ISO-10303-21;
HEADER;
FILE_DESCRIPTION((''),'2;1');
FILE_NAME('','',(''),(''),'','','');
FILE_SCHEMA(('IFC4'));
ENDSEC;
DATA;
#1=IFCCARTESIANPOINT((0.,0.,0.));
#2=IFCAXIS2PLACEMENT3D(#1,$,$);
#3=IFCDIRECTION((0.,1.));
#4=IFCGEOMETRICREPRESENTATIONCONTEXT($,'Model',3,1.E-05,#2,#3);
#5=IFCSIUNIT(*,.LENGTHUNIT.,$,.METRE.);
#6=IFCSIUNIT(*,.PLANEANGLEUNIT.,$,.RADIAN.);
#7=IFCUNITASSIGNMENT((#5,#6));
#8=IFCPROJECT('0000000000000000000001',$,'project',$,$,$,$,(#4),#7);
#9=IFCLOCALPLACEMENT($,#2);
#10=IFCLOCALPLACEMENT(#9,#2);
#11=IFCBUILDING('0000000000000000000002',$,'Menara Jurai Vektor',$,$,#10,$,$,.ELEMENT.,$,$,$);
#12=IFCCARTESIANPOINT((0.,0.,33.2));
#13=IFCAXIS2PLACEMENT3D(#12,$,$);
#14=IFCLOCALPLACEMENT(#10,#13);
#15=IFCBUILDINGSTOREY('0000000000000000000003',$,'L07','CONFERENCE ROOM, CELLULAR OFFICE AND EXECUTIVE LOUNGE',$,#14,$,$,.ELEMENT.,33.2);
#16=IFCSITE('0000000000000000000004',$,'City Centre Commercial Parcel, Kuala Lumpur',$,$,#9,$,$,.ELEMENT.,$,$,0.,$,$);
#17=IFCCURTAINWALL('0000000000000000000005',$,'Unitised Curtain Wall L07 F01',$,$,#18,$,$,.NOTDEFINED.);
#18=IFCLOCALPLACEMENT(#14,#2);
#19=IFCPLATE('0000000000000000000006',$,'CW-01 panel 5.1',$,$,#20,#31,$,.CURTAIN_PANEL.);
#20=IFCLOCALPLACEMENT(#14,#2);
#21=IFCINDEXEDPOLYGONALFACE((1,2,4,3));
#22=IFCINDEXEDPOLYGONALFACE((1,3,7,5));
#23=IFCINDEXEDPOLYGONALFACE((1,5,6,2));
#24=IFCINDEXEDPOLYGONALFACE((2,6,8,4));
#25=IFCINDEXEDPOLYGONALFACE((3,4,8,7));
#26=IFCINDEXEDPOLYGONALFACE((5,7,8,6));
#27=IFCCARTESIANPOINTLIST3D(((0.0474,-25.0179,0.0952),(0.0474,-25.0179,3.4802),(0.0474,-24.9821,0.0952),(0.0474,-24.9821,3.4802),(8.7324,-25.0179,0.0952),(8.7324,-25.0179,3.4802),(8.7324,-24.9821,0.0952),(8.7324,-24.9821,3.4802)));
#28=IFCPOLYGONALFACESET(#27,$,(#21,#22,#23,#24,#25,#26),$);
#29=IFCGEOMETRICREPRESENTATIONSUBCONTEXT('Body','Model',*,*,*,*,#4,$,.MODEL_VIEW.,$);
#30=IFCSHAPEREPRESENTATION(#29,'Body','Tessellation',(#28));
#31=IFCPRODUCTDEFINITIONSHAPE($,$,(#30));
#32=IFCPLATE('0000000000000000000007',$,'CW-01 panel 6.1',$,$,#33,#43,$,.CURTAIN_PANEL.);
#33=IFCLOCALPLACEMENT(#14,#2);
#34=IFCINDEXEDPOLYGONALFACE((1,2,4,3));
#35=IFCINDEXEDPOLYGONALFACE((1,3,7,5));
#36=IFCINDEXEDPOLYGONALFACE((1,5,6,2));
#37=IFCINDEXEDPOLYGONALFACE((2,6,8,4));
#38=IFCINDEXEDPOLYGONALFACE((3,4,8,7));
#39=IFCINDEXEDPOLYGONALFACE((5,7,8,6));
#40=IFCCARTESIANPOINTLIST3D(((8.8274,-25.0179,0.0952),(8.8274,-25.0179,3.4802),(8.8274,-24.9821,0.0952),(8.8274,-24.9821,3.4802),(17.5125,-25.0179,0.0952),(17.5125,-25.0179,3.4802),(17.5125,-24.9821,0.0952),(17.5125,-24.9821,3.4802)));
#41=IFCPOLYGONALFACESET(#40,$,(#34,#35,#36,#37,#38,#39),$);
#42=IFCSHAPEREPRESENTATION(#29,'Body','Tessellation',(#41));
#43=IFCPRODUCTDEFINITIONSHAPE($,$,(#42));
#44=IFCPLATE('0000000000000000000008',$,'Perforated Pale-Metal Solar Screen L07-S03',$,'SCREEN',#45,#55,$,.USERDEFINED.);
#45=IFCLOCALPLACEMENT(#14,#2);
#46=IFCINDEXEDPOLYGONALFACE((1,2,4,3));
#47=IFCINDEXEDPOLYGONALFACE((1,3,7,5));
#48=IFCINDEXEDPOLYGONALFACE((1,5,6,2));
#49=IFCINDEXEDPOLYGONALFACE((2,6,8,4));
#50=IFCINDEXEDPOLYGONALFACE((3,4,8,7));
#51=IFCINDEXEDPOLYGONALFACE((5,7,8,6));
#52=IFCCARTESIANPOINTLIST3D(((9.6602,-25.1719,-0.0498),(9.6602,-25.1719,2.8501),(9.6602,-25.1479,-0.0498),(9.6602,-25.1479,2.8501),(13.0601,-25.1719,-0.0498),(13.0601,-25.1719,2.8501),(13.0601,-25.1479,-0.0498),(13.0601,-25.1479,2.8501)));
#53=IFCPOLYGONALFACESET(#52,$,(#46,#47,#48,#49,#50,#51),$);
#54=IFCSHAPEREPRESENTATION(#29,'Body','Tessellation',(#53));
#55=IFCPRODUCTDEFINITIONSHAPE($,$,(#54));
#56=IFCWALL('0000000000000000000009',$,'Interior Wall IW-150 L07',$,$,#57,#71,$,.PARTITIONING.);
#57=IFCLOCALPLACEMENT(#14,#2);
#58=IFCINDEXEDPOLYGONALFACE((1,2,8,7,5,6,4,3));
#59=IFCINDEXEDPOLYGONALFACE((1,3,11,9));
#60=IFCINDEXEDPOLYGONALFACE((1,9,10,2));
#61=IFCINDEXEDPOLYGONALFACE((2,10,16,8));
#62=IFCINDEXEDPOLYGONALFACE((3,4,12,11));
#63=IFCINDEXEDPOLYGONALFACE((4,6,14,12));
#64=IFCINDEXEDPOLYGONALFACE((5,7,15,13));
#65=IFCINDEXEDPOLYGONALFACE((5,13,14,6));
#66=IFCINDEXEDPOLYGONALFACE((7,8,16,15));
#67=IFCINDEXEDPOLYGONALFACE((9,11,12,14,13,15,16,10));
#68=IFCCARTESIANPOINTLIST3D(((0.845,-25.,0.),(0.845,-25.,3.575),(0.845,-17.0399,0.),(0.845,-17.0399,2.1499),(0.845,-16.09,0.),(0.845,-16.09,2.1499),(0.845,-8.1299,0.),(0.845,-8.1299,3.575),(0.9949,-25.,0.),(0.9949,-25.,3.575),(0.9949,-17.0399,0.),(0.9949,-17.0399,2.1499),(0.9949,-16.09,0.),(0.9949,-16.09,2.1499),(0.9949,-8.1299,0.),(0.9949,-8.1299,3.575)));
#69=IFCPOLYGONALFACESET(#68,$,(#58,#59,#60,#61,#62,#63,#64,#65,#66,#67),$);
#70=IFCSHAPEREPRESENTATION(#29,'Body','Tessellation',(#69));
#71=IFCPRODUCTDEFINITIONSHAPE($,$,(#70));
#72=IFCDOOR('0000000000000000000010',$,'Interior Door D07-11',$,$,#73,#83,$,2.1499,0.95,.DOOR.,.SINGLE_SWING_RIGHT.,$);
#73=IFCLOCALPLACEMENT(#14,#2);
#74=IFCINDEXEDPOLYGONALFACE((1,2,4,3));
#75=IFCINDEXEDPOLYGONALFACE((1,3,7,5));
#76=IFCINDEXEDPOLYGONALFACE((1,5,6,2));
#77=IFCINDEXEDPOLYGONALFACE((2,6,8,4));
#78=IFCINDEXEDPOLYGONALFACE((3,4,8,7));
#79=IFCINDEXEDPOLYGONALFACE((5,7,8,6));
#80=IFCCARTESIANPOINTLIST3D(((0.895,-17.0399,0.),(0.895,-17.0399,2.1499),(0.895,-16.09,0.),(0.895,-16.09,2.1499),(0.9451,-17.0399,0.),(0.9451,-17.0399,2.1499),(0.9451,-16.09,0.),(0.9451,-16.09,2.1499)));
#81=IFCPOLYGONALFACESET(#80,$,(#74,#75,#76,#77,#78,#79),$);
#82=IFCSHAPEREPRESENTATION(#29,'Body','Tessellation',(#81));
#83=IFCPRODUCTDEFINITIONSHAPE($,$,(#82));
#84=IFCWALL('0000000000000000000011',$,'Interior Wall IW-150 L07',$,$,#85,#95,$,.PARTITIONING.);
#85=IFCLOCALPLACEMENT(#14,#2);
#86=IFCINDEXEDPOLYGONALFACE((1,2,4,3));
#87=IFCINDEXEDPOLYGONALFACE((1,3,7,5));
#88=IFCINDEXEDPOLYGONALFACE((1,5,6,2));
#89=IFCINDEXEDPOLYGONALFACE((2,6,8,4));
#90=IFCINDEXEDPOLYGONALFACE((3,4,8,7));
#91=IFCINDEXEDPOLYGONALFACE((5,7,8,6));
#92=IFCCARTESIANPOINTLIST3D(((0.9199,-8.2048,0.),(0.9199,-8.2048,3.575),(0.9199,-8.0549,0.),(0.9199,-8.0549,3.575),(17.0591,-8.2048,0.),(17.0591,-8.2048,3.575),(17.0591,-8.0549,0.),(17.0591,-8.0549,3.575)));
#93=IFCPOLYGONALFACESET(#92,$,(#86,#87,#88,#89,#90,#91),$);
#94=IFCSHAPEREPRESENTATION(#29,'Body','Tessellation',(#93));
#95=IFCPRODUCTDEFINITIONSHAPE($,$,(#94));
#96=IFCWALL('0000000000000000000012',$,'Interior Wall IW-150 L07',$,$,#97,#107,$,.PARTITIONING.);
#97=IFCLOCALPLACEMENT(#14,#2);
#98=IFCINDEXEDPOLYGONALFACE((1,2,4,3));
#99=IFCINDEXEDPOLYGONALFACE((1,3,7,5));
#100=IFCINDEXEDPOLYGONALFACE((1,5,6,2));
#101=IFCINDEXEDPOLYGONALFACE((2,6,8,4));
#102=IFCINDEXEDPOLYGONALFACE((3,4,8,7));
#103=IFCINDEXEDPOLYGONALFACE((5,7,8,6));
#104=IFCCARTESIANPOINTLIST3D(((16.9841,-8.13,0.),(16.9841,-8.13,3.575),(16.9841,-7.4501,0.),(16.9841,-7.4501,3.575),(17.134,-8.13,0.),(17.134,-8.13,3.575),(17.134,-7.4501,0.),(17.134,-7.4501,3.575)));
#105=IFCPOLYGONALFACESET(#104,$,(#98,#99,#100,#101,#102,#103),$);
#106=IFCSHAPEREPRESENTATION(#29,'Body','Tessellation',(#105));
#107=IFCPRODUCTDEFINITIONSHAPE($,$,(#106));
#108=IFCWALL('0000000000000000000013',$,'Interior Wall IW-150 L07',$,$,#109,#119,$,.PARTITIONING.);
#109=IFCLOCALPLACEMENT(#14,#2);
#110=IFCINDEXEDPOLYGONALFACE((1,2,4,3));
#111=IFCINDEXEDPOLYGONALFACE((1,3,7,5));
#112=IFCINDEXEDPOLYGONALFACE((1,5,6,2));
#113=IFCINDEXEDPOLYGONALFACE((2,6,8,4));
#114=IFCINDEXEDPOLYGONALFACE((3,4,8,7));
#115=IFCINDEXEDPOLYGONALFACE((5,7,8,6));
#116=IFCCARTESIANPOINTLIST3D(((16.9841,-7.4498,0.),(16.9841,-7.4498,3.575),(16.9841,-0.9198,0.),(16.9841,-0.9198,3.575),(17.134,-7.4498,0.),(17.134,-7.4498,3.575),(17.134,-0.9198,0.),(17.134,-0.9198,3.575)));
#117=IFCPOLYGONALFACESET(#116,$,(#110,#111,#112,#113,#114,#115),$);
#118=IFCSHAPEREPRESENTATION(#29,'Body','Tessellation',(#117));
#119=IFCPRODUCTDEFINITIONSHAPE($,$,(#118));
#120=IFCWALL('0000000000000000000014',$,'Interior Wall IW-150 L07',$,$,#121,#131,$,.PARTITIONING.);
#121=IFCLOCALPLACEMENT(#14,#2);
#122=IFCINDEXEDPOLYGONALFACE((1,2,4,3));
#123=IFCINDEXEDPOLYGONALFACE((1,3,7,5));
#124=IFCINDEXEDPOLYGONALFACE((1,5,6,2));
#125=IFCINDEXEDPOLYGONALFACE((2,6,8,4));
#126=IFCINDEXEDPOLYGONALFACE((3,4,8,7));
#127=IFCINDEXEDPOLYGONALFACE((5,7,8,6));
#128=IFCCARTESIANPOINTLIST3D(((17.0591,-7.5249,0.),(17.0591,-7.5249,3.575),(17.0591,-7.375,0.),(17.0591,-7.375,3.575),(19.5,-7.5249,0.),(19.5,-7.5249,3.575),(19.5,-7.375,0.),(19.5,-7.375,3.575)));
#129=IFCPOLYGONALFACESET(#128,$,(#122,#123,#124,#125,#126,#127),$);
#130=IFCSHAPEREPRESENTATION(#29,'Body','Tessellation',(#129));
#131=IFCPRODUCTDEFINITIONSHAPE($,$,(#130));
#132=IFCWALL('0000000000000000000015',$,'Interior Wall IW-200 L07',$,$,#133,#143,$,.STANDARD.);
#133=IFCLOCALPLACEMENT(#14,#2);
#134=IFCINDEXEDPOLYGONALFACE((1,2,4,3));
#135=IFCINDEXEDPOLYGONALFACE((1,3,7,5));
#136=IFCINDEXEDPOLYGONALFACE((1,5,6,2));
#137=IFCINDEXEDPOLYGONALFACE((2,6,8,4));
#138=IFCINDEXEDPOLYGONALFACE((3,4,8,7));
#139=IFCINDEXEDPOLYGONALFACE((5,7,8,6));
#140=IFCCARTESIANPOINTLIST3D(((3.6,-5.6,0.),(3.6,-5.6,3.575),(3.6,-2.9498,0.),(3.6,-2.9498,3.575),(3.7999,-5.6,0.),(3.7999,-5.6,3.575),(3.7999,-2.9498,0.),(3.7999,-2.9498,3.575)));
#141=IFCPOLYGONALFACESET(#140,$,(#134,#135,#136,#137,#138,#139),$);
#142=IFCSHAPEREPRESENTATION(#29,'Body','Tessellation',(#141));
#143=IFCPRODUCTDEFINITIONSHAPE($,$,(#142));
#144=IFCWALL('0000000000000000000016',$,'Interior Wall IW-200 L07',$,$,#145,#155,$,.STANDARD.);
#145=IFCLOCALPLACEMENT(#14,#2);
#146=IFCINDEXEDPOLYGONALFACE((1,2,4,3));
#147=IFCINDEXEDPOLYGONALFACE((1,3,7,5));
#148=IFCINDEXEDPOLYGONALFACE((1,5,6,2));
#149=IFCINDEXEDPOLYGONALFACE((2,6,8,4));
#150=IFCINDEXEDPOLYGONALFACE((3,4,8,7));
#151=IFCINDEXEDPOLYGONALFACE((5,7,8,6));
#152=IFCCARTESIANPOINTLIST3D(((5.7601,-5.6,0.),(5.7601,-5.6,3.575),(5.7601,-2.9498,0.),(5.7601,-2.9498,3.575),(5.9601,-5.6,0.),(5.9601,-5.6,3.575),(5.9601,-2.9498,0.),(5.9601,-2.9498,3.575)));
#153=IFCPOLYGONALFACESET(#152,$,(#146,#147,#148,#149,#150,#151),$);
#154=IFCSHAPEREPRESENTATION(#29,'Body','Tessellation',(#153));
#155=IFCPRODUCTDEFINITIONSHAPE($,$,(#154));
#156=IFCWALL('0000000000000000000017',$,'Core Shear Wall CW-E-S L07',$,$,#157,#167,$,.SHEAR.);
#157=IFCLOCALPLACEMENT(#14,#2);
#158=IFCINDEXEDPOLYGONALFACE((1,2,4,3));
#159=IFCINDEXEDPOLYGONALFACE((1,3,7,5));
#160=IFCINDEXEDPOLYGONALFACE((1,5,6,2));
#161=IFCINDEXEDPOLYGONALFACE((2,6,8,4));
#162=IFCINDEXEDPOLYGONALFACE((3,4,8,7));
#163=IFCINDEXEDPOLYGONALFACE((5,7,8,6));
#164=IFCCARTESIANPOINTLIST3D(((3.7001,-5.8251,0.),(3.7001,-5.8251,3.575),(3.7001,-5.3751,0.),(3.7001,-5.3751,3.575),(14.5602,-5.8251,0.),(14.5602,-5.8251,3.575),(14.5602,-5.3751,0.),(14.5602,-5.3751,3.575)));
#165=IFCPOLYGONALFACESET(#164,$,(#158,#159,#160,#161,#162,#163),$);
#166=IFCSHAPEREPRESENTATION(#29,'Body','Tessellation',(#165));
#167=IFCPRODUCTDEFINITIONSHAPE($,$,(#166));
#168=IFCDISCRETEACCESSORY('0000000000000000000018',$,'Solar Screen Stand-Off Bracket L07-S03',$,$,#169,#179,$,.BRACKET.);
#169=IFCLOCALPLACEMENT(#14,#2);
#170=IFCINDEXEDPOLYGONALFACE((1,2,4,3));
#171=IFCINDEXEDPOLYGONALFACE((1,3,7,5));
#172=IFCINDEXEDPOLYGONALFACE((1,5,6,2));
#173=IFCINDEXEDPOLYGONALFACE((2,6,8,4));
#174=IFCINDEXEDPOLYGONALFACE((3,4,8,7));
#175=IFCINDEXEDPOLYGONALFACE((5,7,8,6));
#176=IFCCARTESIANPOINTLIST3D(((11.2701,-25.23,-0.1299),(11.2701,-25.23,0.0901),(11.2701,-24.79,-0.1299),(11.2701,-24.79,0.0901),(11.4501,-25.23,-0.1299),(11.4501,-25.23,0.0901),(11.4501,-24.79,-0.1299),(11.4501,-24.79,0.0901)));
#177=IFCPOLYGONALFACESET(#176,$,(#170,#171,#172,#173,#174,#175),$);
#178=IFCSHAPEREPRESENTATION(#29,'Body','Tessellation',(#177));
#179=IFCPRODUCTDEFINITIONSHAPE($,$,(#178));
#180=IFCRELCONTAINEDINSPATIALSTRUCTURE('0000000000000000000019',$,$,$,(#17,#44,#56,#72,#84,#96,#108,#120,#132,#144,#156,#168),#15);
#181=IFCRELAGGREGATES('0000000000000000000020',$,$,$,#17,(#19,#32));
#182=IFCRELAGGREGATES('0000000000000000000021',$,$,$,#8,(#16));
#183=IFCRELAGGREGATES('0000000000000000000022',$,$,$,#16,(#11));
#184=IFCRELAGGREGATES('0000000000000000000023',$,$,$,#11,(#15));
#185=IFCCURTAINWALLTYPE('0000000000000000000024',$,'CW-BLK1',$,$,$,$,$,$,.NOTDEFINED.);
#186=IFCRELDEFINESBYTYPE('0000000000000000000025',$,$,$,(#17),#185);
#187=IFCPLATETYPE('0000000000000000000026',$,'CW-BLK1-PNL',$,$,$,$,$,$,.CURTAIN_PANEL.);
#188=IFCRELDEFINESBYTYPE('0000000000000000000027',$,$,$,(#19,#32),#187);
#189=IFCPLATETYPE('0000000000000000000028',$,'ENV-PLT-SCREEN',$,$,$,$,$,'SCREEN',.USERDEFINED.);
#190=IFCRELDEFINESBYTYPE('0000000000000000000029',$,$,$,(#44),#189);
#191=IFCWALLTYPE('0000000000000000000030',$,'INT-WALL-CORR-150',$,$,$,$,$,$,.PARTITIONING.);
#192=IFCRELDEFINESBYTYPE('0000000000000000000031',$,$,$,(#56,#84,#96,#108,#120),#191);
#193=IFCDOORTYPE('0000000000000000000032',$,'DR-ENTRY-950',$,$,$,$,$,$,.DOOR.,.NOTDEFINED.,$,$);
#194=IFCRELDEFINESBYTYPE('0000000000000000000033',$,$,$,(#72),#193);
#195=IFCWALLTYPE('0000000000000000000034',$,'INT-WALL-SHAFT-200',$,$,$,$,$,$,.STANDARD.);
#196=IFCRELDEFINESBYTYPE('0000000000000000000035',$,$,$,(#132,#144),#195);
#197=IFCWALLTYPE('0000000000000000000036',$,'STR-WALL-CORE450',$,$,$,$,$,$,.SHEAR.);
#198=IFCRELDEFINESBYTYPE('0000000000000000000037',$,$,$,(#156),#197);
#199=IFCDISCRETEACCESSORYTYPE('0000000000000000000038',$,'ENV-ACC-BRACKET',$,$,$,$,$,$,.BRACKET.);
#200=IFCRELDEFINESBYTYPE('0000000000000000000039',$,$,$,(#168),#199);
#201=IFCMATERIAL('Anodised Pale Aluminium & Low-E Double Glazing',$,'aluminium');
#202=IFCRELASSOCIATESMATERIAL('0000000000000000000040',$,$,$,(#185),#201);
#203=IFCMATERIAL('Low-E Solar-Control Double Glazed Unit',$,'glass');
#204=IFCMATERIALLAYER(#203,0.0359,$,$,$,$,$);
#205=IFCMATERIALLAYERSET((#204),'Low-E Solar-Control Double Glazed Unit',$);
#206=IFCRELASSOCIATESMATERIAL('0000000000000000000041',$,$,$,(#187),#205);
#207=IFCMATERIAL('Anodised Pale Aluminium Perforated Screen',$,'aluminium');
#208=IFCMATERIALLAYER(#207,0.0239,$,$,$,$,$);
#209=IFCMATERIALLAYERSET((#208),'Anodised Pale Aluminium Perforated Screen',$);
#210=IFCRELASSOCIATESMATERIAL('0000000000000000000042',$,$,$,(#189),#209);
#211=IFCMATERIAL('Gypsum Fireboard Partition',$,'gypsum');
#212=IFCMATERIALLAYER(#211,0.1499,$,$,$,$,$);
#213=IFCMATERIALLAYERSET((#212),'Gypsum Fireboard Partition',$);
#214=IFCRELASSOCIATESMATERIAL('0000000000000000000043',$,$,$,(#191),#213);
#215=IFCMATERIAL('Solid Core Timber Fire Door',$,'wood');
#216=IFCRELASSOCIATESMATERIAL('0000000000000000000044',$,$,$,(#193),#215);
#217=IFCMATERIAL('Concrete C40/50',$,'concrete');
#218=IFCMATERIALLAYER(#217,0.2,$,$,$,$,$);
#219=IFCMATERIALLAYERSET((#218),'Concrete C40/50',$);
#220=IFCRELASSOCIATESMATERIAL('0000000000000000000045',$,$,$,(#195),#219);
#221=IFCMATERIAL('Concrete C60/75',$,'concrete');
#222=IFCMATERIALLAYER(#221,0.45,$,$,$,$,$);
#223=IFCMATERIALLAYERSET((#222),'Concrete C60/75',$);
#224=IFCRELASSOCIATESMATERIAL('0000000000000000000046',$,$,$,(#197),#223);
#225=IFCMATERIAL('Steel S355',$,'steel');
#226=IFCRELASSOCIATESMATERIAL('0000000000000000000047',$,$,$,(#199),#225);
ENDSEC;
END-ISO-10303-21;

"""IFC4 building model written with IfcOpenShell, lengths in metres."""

from ifc_helpers import new_model, si_unit, direction, frame, frame_2d, origin, origin_2d, place, context, subcontext, project, spatial, rectangle, extrude, material, layer, layer_set, type_object, element, fill, aggregate, save


model = new_model("IFC4")

# Units and contexts
model_context = context("Model", 3, precision=1e-05, world=origin(), true_north=direction((0.0, 1.0)))
body_context = subcontext(model_context, "Body", "Model", "MODEL_VIEW")
ifc_project = project(units=[si_unit("LENGTHUNIT", "METRE"), si_unit("PLANEANGLEUNIT", "RADIAN")], contexts=[model_context])

# Site, building, storey
site_placement = place(None, origin())
site = spatial("IfcSite", under=ifc_project, at=site_placement, Name="City Centre Commercial Parcel, Kuala Lumpur", CompositionType="ELEMENT", RefElevation=0.0)
building_placement = place(site_placement, origin())
building = spatial("IfcBuilding", under=site, at=building_placement, Name="Menara Jurai Vektor", CompositionType="ELEMENT")
storey_placement = place(building_placement, frame((0.0, 0.0, 33.2)))
storey = spatial("IfcBuildingStorey", under=building, at=storey_placement, Name="L07", Description="CONFERENCE ROOM, CELLULAR OFFICE AND EXECUTIVE LOUNGE", CompositionType="ELEMENT", Elevation=33.2)

# Shared definitions
ifc_material_1 = material(Name="Concrete C60/75", Category="concrete")

# Curtain wall
ifc_material_2 = material(Name="Anodised Pale Aluminium & Low-E Double Glazing", Category="aluminium")
curtain_wall_type = type_object("IfcCurtainWallType", Name="CW-BLK1", PredefinedType="NOTDEFINED", material=ifc_material_2)
curtain_wall_placement = place(storey_placement, origin())
curtain_wall = element("IfcCurtainWall", 1, at=curtain_wall_placement, inside=storey, type_object=curtain_wall_type, Name="Unitised Curtain Wall L07 F01", PredefinedType="NOTDEFINED")

# Shared definitions
ifc_material_3 = material(Name="Steel S355", Category="steel")

# Plates
ifc_material_4 = material(Name="Low-E Solar-Control Double Glazed Unit", Category="glass")
ifc_layer_1 = layer(ifc_material_4, 0.0359)
ifc_layer_set_1 = layer_set([ifc_layer_1], Name="Low-E Solar-Control Double Glazed Unit")
plate_type_1 = type_object("IfcPlateType", Name="CW-BLK1-PNL", PredefinedType="CURTAIN_PANEL", material=ifc_layer_set_1)
plate_1_placement = place(storey_placement, frame((4.3899, -25.0, 0.0952), z_axis=(0.0, 0.0, 1.0), x_axis=(1.0, 0.0, 0.0)))
plate_1 = element("IfcPlate", 2, at=plate_1_placement, type_object=plate_type_1, Name="CW-01 panel 5.1", PredefinedType="CURTAIN_PANEL", context=body_context, shape_type="SweptSolid", body=[
    extrude(rectangle(XDim=8.6851, YDim=0.0359, at=origin_2d()), origin(), (0.0, 0.0, 1.0), 3.385),
])
plate_2_placement = place(storey_placement, frame((13.1699, -25.0, 0.0952), z_axis=(0.0, 0.0, 1.0), x_axis=(1.0, 0.0, 0.0)))
plate_2 = element("IfcPlate", 3, at=plate_2_placement, type_object=plate_type_1, Name="CW-01 panel 6.1", PredefinedType="CURTAIN_PANEL", context=body_context, shape_type="SweptSolid", body=[
    extrude(rectangle(XDim=8.6851, YDim=0.0359, at=origin_2d()), origin(), (0.0, 0.0, 1.0), 3.385),
])
aggregate(curtain_wall, [plate_1, plate_2])
ifc_material_5 = material(Name="Anodised Pale Aluminium Perforated Screen", Category="aluminium")
ifc_layer_2 = layer(ifc_material_5, 0.0239)
ifc_layer_set_2 = layer_set([ifc_layer_2], Name="Anodised Pale Aluminium Perforated Screen")
plate_type_2 = type_object("IfcPlateType", Name="ENV-PLT-SCREEN", ElementType="SCREEN", PredefinedType="USERDEFINED", material=ifc_layer_set_2)
plate_3_placement = place(storey_placement, frame((11.3601, -25.1599, -0.0498), z_axis=(0.0, 0.0, 1.0), x_axis=(1.0, 0.0, 0.0)))
element("IfcPlate", 4, at=plate_3_placement, inside=storey, type_object=plate_type_2, Name="Perforated Pale-Metal Solar Screen L07-S03", ObjectType="SCREEN", PredefinedType="USERDEFINED", context=body_context, shape_type="SweptSolid", body=[
    extrude(rectangle(XDim=3.3999, YDim=0.0239, at=origin_2d()), origin(), (0.0, 0.0, 1.0), 2.8999),
])

# Wall, opening, door
ifc_material_6 = material(Name="Gypsum Fireboard Partition", Category="gypsum")
ifc_layer_3 = layer(ifc_material_6, 0.1499)
ifc_layer_set_3 = layer_set([ifc_layer_3], Name="Gypsum Fireboard Partition")
wall_type_1 = type_object("IfcWallType", Name="INT-WALL-CORR-150", PredefinedType="PARTITIONING", material=ifc_layer_set_3)
wall_1_placement = place(storey_placement, frame((0.9199, -25.0, 0.0), z_axis=(0.0, 0.0, 1.0), x_axis=(0.0, 1.0, 0.0)))
wall_1 = element("IfcWall", 5, at=wall_1_placement, inside=storey, type_object=wall_type_1, Name="Interior Wall IW-150 L07", PredefinedType="PARTITIONING", context=body_context, shape_type="SweptSolid", body=[
    extrude(rectangle(XDim=16.8701, YDim=0.1499, at=frame_2d((8.4351, 0.0))), origin(), (0.0, 0.0, 1.0), 3.575),
])
opening_placement = place(wall_1_placement, frame((7.96, 0.0, 0.0)))
opening = element("IfcOpeningElement", 6, at=opening_placement, cuts=wall_1, PredefinedType="OPENING", context=body_context, shape_type="SweptSolid", body=[
    extrude(rectangle(XDim=0.95, YDim=2.1499, at=frame_2d((0.4751, 1.075))), frame((0.0, 0.085, 0.0), z_axis=(0.0, -1.0, 0.0), x_axis=(1.0, 0.0, 0.0)), (0.0, 0.0, 1.0), 0.1699),
])
ifc_material_7 = material(Name="Solid Core Timber Fire Door", Category="wood")
door_type = type_object("IfcDoorType", Name="DR-ENTRY-950", OperationType="NOTDEFINED", PredefinedType="DOOR", material=ifc_material_7)
door_placement = place(opening_placement, origin())
door = element("IfcDoor", 7, at=door_placement, inside=storey, type_object=door_type, Name="Interior Door D07-11", OperationType="SINGLE_SWING_RIGHT", OverallHeight=2.1499, OverallWidth=0.95, PredefinedType="DOOR", context=body_context, shape_type="SweptSolid", body=[
    extrude(rectangle(XDim=0.95, YDim=2.1499, at=frame_2d((0.4751, 1.075))), frame((0.0, 0.0249, 0.0), z_axis=(0.0, -1.0, 0.0), x_axis=(1.0, 0.0, 0.0)), (0.0, 0.0, 1.0), 0.05),
])
fill(opening, door)

# Walls
wall_2_placement = place(storey_placement, frame((0.9199, -8.1299, 0.0), z_axis=(0.0, 0.0, 1.0), x_axis=(1.0, 0.0, 0.0)))
element("IfcWall", 8, at=wall_2_placement, inside=storey, type_object=wall_type_1, Name="Interior Wall IW-150 L07", PredefinedType="PARTITIONING", context=body_context, shape_type="SweptSolid", body=[
    extrude(rectangle(XDim=16.1392, YDim=0.1499, at=frame_2d((8.0696, 0.0))), origin(), (0.0, 0.0, 1.0), 3.575),
])
wall_3_placement = place(storey_placement, frame((17.0591, -8.1299, 0.0), z_axis=(0.0, 0.0, 1.0), x_axis=(0.0, 1.0, 0.0)))
element("IfcWall", 9, at=wall_3_placement, inside=storey, type_object=wall_type_1, Name="Interior Wall IW-150 L07", PredefinedType="PARTITIONING", context=body_context, shape_type="SweptSolid", body=[
    extrude(rectangle(XDim=0.6799, YDim=0.1499, at=frame_2d((0.3398, 0.0))), origin(), (0.0, 0.0, 1.0), 3.575),
])
wall_4_placement = place(storey_placement, frame((17.0591, -7.45, 0.0), z_axis=(0.0, 0.0, 1.0), x_axis=(0.0, 1.0, 0.0)))
element("IfcWall", 10, at=wall_4_placement, inside=storey, type_object=wall_type_1, Name="Interior Wall IW-150 L07", PredefinedType="PARTITIONING", context=body_context, shape_type="SweptSolid", body=[
    extrude(rectangle(XDim=6.53, YDim=0.1499, at=frame_2d((3.2651, 0.0))), origin(), (0.0, 0.0, 1.0), 3.575),
])
wall_5_placement = place(storey_placement, frame((17.0591, -7.45, 0.0), z_axis=(0.0, 0.0, 1.0), x_axis=(1.0, 0.0, 0.0)))
element("IfcWall", 11, at=wall_5_placement, inside=storey, type_object=wall_type_1, Name="Interior Wall IW-150 L07", PredefinedType="PARTITIONING", context=body_context, shape_type="SweptSolid", body=[
    extrude(rectangle(XDim=2.4409, YDim=0.1499, at=frame_2d((1.2205, 0.0))), origin(), (0.0, 0.0, 1.0), 3.575),
])
ifc_material_8 = material(Name="Concrete C40/50", Category="concrete")
ifc_layer_4 = layer(ifc_material_8, 0.2)
ifc_layer_set_4 = layer_set([ifc_layer_4], Name="Concrete C40/50")
wall_type_2 = type_object("IfcWallType", Name="INT-WALL-SHAFT-200", PredefinedType="STANDARD", material=ifc_layer_set_4)
for number, where, z_axis, x_axis, name in (
    (12, (3.7, -5.6001, 0.0), (0.0, 0.0, 1.0), (0.0, 1.0, 0.0), "Interior Wall IW-200 L07"),
    (13, (5.8601, -5.6001, 0.0), (0.0, 0.0, 1.0), (0.0, 1.0, 0.0), "Interior Wall IW-200 L07"),
):
    element("IfcWall", number, at=place(storey_placement, frame(where, z_axis=z_axis, x_axis=x_axis)), inside=storey, type_object=wall_type_2, Name=name, PredefinedType="STANDARD", context=body_context, shape_type="SweptSolid", body=[
        extrude(rectangle(XDim=2.6501, YDim=0.2, at=frame_2d((1.3252, 0.0))), origin(), (0.0, 0.0, 1.0), 3.575),
    ])
ifc_layer_5 = layer(ifc_material_1, 0.45)
ifc_layer_set_5 = layer_set([ifc_layer_5], Name="Concrete C60/75")
wall_type_3 = type_object("IfcWallType", Name="STR-WALL-CORE450", PredefinedType="SHEAR", material=ifc_layer_set_5)
wall_6_placement = place(storey_placement, frame((3.7, -5.6001, 0.0), z_axis=(0.0, 0.0, 1.0), x_axis=(1.0, 0.0, 0.0)))
element("IfcWall", 14, at=wall_6_placement, inside=storey, type_object=wall_type_3, Name="Core Shear Wall CW-E-S L07", PredefinedType="SHEAR", context=body_context, shape_type="SweptSolid", body=[
    extrude(rectangle(XDim=10.8601, YDim=0.45, at=frame_2d((5.4302, 0.0))), origin(), (0.0, 0.0, 1.0), 3.575),
])

# Discrete accessory
discrete_accessory_type = type_object("IfcDiscreteAccessoryType", Name="ENV-ACC-BRACKET", PredefinedType="BRACKET", material=ifc_material_3)
discrete_accessory_placement = place(storey_placement, frame((11.3601, -25.01, -0.1299), z_axis=(0.0, 0.0, 1.0), x_axis=(1.0, 0.0, 0.0)))
element("IfcDiscreteAccessory", 15, at=discrete_accessory_placement, inside=storey, type_object=discrete_accessory_type, Name="Solar Screen Stand-Off Bracket L07-S03", PredefinedType="BRACKET", context=body_context, shape_type="SweptSolid", body=[
    extrude(rectangle(XDim=0.1799, YDim=0.4399, at=origin_2d()), origin(), (0.0, 0.0, 1.0), 0.22),
])

save(model, "model.ifc")
